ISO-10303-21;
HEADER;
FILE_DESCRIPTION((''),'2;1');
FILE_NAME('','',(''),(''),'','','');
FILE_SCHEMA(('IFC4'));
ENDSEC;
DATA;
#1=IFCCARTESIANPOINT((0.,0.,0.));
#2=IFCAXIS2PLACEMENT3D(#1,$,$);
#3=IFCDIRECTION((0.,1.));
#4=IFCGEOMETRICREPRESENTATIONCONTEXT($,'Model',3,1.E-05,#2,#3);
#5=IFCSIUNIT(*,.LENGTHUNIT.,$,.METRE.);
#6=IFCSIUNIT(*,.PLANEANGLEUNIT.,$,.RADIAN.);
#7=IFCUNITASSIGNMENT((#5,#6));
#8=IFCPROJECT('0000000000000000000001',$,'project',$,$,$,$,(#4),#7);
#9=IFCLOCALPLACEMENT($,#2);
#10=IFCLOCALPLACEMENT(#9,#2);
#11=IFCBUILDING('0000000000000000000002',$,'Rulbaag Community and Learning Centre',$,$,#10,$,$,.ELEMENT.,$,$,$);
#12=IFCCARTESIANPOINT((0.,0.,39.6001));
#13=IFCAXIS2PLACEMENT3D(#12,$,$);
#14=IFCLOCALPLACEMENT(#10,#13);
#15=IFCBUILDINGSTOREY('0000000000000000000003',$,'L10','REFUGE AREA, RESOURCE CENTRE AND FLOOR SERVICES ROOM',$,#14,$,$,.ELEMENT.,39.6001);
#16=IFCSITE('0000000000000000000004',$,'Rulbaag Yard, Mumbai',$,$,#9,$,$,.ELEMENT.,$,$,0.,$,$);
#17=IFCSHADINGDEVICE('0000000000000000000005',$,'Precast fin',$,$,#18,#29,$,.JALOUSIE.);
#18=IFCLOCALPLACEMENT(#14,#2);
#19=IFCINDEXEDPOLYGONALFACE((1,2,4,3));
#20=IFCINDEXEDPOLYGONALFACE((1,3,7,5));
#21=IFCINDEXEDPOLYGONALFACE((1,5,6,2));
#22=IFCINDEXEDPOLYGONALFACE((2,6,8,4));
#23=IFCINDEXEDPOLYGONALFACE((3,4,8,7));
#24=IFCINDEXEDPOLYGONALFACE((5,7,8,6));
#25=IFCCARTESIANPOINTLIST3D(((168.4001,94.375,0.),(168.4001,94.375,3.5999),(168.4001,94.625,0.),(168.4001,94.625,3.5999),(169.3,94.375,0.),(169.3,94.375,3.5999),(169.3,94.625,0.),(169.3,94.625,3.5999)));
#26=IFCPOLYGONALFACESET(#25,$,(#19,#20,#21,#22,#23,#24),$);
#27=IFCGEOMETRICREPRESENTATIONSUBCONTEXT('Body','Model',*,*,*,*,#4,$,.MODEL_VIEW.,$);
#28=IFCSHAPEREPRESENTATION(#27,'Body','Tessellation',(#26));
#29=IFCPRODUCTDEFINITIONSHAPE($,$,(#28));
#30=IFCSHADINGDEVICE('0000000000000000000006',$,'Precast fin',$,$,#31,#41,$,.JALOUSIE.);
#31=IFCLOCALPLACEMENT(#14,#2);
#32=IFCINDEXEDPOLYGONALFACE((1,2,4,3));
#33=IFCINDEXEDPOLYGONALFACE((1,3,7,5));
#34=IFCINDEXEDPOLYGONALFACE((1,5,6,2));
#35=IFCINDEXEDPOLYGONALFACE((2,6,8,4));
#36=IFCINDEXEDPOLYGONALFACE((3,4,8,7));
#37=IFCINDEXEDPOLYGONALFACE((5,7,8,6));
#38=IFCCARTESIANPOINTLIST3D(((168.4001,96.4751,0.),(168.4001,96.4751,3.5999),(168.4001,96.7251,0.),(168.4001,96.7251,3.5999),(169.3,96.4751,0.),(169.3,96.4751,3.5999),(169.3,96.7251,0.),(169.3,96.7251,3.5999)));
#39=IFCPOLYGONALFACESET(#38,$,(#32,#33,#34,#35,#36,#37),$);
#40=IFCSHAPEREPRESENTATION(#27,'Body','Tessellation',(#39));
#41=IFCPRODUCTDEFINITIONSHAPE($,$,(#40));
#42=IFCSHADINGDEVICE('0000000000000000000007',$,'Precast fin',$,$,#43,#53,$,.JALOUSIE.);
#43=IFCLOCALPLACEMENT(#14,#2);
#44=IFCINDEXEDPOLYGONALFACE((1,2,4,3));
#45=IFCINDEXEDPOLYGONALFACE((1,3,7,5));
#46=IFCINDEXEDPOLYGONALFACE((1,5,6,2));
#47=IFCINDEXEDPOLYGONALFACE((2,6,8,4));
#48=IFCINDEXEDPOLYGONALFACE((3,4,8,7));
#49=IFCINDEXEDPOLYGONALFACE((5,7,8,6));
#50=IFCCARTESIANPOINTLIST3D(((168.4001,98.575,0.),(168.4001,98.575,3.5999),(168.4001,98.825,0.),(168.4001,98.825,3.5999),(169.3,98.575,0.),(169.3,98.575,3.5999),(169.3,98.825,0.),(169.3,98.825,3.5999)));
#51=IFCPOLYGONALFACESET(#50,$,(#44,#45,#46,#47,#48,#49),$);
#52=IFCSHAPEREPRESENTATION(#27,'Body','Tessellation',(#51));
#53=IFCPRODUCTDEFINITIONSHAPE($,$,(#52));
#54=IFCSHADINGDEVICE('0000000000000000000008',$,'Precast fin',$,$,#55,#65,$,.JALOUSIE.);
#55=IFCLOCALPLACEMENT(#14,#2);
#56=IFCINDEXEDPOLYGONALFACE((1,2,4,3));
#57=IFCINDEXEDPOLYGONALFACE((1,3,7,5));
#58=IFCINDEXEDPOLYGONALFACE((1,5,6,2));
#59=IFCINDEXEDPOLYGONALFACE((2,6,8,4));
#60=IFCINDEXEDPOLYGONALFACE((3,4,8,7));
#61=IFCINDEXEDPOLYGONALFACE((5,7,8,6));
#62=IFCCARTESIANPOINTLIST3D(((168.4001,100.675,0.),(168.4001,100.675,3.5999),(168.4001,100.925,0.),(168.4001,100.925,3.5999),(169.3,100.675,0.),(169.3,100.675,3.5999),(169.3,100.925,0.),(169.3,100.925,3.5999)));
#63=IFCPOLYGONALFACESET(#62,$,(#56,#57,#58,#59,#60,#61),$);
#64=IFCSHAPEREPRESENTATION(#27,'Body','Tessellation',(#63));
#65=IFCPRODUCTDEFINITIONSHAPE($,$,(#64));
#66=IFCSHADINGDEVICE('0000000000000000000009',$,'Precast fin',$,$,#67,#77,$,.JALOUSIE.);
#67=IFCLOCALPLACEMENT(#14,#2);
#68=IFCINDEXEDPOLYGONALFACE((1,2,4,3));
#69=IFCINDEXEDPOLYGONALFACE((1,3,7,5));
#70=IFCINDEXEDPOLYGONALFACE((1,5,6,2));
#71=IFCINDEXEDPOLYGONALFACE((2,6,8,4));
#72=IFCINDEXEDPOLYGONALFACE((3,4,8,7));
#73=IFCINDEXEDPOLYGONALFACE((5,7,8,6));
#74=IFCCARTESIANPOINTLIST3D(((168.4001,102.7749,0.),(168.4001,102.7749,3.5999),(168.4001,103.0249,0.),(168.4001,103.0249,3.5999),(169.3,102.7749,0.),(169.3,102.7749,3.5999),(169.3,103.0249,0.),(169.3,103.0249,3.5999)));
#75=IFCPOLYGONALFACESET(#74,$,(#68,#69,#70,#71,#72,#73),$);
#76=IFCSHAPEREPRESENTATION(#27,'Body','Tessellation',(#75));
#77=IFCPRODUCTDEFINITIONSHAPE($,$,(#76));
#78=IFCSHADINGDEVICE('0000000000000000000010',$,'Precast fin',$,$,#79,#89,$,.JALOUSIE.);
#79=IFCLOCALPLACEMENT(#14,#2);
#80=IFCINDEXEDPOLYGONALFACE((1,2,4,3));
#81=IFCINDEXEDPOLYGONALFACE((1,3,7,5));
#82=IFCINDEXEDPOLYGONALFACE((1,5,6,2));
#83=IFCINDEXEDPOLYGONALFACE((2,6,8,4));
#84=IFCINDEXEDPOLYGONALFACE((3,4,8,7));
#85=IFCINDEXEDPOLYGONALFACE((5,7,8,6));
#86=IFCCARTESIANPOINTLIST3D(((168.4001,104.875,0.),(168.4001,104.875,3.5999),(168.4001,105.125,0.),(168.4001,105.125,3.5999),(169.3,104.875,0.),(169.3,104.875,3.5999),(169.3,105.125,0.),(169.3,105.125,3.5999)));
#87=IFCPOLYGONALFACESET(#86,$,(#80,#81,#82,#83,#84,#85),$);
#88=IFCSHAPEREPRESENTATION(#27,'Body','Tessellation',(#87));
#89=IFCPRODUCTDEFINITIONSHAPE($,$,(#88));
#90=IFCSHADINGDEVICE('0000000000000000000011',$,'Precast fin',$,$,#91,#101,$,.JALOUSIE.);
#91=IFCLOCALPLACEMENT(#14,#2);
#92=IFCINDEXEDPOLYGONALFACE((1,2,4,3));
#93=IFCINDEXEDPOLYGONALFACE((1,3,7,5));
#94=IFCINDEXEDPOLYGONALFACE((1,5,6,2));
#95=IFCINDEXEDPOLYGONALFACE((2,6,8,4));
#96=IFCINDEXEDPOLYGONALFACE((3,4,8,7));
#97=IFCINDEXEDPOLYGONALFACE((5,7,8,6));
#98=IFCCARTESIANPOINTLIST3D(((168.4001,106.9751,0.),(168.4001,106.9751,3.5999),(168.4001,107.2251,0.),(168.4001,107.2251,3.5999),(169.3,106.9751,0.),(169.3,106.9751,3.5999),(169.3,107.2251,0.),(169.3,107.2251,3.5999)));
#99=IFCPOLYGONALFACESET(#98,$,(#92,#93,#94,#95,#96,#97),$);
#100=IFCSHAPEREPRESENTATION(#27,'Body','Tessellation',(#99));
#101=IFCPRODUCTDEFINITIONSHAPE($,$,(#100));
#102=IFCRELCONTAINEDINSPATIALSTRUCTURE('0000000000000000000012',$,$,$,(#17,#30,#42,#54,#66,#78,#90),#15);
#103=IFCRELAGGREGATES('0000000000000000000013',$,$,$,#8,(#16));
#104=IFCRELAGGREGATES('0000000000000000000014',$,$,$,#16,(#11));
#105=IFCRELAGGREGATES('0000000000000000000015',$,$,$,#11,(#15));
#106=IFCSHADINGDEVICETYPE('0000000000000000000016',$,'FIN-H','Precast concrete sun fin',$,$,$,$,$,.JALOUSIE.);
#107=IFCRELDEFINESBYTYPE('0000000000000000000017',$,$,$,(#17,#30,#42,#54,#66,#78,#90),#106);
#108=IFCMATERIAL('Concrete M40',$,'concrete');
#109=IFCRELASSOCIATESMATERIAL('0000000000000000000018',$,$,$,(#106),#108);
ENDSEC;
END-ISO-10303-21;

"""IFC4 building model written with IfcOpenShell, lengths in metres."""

from ifc_helpers import new_model, si_unit, direction, frame, origin, origin_2d, place, context, subcontext, project, spatial, rectangle, extrude, material, material_profile, profile_set, type_object, element, save


model = new_model("IFC4")

# Units and contexts
model_context = context("Model", 3, precision=1e-05, world=origin(), true_north=direction((0.0, 1.0)))
body_context = subcontext(model_context, "Body", "Model", "MODEL_VIEW")
ifc_project = project(units=[si_unit("LENGTHUNIT", "METRE"), si_unit("PLANEANGLEUNIT", "RADIAN")], contexts=[model_context])

# Site, building, storey
site_placement = place(None, origin())
site = spatial("IfcSite", under=ifc_project, at=site_placement, Name="Rulbaag Yard, Mumbai", CompositionType="ELEMENT", RefElevation=0.0)
building_placement = place(site_placement, origin())
building = spatial("IfcBuilding", under=site, at=building_placement, Name="Rulbaag Community and Learning Centre", CompositionType="ELEMENT")
storey_placement = place(building_placement, frame((0.0, 0.0, 39.6001)))
storey = spatial("IfcBuildingStorey", under=building, at=storey_placement, Name="L10", Description="REFUGE AREA, RESOURCE CENTRE AND FLOOR SERVICES ROOM", CompositionType="ELEMENT", Elevation=39.6001)

# Shared definitions
ifc_material_1 = material(Name="Concrete M40", Category="concrete")

# Shading devices
ifc_material_profile = material_profile(ifc_material_1, rectangle(XDim=0.25, YDim=0.8999, at=origin_2d()), Name="PC 250x900")
ifc_profile_set = profile_set([ifc_material_profile], Name="Concrete M40")
shading_device_type = type_object("IfcShadingDeviceType", Name="FIN-H", Description="Precast concrete sun fin", PredefinedType="JALOUSIE", material=ifc_profile_set)
for number, where, z_axis, x_axis, name in (
    (1, (168.8501, 94.5, 0.0), (0.0, 0.0, 1.0), (0.0, 1.0, 0.0), "Precast fin"),
    (2, (168.8501, 96.6001, 0.0), (0.0, 0.0, 1.0), (0.0, 1.0, 0.0), "Precast fin"),
    (3, (168.8501, 98.7, 0.0), (0.0, 0.0, 1.0), (0.0, 1.0, 0.0), "Precast fin"),
    (4, (168.8501, 100.8, 0.0), (0.0, 0.0, 1.0), (0.0, 1.0, 0.0), "Precast fin"),
    (5, (168.8501, 102.8999, 0.0), (0.0, 0.0, 1.0), (0.0, 1.0, 0.0), "Precast fin"),
    (6, (168.8501, 105.0, 0.0), (0.0, 0.0, 1.0), (0.0, 1.0, 0.0), "Precast fin"),
    (7, (168.8501, 107.1001, 0.0), (0.0, 0.0, 1.0), (0.0, 1.0, 0.0), "Precast fin"),
):
    element("IfcShadingDevice", number, at=place(storey_placement, frame(where, z_axis=z_axis, x_axis=x_axis)), inside=storey, type_object=shading_device_type, Name=name, PredefinedType="JALOUSIE", context=body_context, shape_type="SweptSolid", body=[
        extrude(rectangle(XDim=0.25, YDim=0.8999, at=origin_2d()), origin(), (0.0, 0.0, 1.0), 3.5999),
    ])

save(model, "model.ifc")
